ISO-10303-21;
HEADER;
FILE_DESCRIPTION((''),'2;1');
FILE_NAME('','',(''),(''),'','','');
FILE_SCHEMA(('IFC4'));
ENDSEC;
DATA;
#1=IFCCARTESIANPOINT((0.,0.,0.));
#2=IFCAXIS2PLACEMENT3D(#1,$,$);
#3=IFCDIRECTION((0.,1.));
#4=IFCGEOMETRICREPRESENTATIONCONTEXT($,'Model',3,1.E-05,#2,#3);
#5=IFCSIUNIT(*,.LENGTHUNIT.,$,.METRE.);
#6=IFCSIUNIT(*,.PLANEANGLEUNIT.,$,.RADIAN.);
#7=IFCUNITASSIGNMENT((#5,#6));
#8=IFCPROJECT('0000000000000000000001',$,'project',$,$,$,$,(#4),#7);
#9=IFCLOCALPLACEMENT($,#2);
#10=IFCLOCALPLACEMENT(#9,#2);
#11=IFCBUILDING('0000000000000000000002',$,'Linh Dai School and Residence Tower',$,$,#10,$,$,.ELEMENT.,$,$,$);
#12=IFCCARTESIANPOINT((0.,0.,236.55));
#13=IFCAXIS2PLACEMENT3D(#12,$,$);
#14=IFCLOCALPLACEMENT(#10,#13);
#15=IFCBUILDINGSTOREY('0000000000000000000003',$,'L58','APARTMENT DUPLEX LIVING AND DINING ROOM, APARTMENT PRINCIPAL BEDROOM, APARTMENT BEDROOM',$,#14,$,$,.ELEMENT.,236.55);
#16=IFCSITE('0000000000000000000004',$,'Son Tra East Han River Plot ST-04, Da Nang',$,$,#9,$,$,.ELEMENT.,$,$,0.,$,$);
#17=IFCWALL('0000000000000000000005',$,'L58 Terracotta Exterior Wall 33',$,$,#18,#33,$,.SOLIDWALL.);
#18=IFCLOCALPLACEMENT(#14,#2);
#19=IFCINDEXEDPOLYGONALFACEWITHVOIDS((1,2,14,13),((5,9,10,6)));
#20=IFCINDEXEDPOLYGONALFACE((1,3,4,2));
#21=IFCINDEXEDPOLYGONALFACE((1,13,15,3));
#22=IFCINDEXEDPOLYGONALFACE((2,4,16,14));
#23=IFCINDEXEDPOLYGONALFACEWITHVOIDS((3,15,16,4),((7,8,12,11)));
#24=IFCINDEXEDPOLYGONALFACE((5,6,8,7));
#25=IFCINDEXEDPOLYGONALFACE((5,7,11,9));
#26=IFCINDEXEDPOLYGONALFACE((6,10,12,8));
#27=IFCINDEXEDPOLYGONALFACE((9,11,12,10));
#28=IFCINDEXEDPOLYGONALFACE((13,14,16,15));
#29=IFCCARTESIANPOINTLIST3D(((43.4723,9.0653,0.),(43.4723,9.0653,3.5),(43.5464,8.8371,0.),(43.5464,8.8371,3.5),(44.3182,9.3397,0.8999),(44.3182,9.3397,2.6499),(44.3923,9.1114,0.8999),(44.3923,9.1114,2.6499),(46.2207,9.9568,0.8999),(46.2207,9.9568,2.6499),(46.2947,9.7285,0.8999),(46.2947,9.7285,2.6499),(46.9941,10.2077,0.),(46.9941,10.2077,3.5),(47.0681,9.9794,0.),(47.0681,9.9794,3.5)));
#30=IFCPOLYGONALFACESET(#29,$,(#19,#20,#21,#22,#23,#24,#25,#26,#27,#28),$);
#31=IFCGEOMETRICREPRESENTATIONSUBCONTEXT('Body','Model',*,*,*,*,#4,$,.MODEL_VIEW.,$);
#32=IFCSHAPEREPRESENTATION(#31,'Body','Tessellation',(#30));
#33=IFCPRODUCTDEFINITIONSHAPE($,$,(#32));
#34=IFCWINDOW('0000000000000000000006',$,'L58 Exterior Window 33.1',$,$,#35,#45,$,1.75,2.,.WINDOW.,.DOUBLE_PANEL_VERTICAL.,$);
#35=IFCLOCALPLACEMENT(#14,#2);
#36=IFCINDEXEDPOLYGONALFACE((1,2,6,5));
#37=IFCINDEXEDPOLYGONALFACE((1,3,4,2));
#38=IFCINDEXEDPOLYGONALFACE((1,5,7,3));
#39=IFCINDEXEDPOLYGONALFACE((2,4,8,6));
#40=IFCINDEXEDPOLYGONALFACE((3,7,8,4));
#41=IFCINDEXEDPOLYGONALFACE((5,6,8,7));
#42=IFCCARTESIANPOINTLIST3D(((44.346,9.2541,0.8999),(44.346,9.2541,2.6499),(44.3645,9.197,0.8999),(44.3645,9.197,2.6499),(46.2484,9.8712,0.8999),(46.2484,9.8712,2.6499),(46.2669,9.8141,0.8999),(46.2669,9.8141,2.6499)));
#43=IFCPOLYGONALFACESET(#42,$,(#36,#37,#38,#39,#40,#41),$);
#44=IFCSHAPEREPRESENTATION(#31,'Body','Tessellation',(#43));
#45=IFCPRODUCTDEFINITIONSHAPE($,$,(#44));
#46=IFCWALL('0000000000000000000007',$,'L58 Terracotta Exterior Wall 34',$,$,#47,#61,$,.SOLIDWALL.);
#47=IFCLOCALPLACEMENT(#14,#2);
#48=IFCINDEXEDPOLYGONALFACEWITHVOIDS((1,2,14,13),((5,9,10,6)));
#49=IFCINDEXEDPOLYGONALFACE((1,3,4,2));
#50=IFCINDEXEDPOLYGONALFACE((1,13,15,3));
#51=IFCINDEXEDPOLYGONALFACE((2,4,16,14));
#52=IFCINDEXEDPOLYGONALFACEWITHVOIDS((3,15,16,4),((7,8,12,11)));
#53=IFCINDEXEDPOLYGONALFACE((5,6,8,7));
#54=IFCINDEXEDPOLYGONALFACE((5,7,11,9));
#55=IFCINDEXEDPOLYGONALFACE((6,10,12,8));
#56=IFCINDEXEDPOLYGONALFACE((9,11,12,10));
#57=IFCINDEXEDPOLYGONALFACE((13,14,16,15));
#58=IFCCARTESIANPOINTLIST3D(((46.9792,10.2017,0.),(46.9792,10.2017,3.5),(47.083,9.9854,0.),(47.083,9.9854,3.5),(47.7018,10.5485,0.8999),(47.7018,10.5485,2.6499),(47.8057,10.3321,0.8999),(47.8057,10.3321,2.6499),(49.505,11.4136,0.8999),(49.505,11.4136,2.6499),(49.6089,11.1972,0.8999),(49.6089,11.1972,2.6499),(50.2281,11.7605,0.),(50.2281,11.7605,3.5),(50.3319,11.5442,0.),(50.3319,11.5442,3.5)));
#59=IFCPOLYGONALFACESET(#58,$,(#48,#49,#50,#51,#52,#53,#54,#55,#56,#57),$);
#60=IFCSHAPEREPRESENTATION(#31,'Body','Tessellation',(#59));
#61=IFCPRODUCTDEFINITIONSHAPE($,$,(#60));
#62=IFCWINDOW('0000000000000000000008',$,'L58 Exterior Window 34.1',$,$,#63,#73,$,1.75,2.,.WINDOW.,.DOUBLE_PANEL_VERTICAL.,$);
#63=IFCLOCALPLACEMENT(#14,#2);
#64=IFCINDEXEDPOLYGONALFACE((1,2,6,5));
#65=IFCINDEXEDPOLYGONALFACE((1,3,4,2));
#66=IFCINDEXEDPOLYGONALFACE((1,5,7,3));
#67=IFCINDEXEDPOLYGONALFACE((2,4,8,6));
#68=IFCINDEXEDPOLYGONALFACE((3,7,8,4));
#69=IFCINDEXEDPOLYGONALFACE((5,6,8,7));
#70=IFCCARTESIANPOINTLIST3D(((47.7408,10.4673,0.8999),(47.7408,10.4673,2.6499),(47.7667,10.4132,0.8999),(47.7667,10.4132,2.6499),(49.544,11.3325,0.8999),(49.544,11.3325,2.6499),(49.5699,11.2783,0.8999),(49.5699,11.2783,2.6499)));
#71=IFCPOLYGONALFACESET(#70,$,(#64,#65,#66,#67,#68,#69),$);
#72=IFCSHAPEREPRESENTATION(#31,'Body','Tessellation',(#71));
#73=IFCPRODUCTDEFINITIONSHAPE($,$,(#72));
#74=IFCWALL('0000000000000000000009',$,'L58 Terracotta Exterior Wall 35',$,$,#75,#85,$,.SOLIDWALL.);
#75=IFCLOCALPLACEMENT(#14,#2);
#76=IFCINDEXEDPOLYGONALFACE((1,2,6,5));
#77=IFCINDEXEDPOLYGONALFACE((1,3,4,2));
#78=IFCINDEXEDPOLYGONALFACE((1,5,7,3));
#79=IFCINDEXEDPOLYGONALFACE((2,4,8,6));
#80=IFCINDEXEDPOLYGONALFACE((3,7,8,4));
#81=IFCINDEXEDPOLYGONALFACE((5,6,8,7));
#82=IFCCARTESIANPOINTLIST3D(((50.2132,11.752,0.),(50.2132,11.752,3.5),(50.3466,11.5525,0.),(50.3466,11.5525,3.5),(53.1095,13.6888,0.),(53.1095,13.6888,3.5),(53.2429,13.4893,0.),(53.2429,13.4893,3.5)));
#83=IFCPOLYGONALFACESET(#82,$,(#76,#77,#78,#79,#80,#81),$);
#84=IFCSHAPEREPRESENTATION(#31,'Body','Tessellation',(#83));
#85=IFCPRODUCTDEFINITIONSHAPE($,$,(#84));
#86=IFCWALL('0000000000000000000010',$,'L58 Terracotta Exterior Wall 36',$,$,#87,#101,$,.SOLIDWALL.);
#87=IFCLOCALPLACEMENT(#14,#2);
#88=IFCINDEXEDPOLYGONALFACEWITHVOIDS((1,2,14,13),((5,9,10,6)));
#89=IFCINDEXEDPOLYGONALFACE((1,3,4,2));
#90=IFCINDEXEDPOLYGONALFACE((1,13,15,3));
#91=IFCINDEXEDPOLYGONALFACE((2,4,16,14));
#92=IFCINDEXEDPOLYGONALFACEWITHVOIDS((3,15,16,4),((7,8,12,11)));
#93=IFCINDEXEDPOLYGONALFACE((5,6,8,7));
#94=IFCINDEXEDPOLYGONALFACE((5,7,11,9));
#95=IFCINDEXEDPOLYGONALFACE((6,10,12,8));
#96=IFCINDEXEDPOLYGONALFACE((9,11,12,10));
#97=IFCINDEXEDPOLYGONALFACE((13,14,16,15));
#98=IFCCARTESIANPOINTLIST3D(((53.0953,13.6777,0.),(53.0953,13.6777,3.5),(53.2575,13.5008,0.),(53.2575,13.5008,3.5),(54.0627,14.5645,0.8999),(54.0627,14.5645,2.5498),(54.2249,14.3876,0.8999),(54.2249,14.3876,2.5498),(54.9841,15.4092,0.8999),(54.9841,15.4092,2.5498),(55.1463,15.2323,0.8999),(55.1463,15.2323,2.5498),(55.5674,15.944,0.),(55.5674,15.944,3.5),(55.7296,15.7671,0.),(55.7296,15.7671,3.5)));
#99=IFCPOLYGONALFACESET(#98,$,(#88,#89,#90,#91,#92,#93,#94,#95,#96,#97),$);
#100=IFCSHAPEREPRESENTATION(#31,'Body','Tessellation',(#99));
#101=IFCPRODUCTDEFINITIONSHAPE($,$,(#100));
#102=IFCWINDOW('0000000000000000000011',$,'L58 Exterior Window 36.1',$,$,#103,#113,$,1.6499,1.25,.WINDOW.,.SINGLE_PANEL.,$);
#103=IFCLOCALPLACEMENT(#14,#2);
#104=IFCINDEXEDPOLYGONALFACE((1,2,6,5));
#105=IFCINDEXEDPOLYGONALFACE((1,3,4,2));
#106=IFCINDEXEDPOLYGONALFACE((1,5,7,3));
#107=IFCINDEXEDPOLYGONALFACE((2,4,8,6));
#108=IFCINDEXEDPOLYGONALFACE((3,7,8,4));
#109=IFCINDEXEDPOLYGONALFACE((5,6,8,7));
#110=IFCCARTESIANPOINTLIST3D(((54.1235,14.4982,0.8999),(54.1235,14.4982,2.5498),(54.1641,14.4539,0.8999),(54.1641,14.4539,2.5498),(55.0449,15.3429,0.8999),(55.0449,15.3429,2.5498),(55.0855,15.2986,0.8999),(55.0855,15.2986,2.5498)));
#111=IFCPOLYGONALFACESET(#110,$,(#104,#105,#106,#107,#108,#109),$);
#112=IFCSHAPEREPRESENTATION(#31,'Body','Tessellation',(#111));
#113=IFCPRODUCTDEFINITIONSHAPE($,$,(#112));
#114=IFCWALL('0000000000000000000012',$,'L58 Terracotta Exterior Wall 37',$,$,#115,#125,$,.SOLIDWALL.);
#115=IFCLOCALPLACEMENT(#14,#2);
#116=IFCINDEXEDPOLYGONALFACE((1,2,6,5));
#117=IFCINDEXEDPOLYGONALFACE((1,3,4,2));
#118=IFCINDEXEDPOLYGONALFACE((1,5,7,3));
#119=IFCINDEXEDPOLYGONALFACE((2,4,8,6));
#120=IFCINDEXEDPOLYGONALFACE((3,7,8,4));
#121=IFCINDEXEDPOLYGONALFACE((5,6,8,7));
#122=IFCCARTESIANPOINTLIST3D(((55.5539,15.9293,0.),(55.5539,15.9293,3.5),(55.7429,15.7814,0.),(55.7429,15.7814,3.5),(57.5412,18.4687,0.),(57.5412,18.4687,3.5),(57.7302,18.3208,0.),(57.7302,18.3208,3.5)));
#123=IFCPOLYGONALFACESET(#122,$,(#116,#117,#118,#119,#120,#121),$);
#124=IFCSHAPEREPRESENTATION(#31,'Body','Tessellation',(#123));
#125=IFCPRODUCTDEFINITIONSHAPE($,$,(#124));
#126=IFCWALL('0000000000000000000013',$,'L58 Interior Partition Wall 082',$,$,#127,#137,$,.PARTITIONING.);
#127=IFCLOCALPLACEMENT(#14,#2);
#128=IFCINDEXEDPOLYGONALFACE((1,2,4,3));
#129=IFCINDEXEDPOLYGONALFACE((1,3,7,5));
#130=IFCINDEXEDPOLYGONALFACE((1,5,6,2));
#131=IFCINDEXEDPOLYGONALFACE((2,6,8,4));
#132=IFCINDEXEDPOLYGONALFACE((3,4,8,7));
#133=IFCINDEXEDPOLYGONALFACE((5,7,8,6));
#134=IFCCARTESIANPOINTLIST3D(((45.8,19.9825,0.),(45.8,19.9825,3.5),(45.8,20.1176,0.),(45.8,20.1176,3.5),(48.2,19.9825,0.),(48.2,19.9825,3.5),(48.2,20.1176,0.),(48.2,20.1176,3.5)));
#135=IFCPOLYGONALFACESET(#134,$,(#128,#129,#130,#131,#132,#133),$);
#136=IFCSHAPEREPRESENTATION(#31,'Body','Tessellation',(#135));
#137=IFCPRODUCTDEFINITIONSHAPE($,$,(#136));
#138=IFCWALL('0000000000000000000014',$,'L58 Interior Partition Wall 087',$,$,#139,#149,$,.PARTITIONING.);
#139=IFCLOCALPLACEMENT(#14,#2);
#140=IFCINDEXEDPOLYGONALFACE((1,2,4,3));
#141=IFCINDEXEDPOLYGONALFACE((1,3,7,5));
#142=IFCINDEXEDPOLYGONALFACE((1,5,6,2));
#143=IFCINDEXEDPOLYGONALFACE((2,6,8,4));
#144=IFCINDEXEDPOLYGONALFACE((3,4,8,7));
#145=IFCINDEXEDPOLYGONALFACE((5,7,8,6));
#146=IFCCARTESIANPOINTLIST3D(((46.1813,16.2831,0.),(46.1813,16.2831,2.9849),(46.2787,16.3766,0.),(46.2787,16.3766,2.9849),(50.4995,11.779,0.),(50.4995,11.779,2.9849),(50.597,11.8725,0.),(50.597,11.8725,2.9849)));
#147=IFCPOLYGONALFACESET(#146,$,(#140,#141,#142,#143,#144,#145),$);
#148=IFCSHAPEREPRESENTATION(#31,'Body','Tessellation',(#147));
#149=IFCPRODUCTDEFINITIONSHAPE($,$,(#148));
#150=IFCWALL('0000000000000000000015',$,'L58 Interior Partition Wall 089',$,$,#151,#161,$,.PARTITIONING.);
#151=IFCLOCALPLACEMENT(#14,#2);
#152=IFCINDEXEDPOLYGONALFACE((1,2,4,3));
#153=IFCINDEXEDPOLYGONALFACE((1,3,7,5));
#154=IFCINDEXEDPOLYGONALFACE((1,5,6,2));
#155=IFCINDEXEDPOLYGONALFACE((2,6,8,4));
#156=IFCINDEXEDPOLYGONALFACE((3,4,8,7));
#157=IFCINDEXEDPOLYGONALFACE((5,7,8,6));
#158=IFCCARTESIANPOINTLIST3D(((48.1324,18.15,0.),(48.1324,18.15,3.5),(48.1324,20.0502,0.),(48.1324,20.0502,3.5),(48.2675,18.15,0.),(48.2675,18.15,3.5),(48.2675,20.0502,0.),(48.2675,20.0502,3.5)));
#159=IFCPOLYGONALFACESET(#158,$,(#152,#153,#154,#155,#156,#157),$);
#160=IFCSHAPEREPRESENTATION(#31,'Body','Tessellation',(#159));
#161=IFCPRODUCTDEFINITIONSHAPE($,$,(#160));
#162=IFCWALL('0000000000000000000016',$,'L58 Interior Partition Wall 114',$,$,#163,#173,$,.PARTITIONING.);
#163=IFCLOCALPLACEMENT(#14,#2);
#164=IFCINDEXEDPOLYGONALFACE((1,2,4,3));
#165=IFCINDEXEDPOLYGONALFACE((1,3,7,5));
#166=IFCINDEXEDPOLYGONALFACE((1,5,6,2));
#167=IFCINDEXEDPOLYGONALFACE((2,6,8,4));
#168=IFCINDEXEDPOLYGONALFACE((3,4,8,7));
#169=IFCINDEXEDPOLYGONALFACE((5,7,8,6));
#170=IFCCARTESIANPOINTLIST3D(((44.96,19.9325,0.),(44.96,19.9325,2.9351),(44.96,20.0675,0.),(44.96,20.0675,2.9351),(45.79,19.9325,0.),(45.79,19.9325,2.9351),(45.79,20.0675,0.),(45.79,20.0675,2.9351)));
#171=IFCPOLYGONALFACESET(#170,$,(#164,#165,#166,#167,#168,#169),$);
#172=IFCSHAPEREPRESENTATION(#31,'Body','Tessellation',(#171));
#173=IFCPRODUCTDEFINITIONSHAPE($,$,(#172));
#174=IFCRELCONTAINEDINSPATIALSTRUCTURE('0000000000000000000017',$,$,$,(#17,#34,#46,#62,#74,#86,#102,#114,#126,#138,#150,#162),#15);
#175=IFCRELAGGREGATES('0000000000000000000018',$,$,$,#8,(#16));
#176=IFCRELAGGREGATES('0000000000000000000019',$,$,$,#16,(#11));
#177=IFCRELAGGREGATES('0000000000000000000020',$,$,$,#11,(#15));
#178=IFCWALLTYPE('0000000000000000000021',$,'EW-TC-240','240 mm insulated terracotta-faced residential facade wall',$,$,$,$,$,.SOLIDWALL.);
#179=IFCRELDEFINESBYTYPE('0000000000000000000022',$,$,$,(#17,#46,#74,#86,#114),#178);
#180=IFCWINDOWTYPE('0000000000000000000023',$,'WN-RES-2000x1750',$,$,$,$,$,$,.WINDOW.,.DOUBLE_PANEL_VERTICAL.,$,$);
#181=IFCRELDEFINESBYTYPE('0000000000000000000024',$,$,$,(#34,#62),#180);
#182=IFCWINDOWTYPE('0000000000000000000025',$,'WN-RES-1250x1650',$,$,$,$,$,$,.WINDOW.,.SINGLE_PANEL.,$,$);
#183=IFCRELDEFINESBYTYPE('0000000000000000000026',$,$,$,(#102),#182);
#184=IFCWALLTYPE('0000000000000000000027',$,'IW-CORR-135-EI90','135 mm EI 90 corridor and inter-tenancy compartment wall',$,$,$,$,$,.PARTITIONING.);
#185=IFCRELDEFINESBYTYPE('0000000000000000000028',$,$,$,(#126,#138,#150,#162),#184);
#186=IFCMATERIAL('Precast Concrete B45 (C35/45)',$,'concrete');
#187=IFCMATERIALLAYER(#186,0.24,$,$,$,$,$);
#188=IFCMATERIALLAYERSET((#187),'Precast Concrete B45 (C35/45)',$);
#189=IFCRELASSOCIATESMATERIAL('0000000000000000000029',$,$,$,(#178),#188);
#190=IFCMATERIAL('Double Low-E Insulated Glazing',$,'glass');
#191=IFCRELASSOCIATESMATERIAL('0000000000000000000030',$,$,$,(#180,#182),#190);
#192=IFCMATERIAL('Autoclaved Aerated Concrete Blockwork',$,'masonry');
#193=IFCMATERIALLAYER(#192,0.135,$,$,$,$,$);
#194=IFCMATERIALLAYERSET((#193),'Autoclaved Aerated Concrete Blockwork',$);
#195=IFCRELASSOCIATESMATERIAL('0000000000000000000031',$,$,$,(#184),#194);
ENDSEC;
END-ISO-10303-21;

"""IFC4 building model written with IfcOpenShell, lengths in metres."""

from ifc_helpers import new_model, si_unit, direction, frame, frame_2d, origin, origin_2d, place, context, subcontext, project, spatial, rectangle, extrude, source, transform, mapped, material, layer, layer_set, type_object, element, fill, save


model = new_model("IFC4")

# Units and contexts
model_context = context("Model", 3, precision=1e-05, world=origin(), true_north=direction((0.0, 1.0)))
body_context = subcontext(model_context, "Body", "Model", "MODEL_VIEW")
ifc_project = project(units=[si_unit("LENGTHUNIT", "METRE"), si_unit("PLANEANGLEUNIT", "RADIAN")], contexts=[model_context])

# Site, building, storey
site_placement = place(None, origin())
site = spatial("IfcSite", under=ifc_project, at=site_placement, Name="Son Tra East Han River Plot ST-04, Da Nang", CompositionType="ELEMENT", RefElevation=0.0)
building_placement = place(site_placement, origin())
building = spatial("IfcBuilding", under=site, at=building_placement, Name="Linh Dai School and Residence Tower", CompositionType="ELEMENT")
storey_placement = place(building_placement, frame((0.0, 0.0, 236.55)))
storey = spatial("IfcBuildingStorey", under=building, at=storey_placement, Name="L58", Description="APARTMENT DUPLEX LIVING AND DINING ROOM, APARTMENT PRINCIPAL BEDROOM, APARTMENT BEDROOM", CompositionType="ELEMENT", Elevation=236.55)

# Shared definitions
ifc_material_1 = material(Name="Precast Concrete B45 (C35/45)", Category="concrete")

# Walls, openings, windows
ifc_layer_1 = layer(ifc_material_1, 0.24)
ifc_layer_set_1 = layer_set([ifc_layer_1], Name="Precast Concrete B45 (C35/45)")
wall_type_1 = type_object("IfcWallType", Name="EW-TC-240", Description="240 mm insulated terracotta-faced residential facade wall", PredefinedType="SOLIDWALL", material=ifc_layer_set_1)
wall_1_placement = place(storey_placement, frame((47.031, 10.0935, 0.0), z_axis=(0.0, 0.0, 1.0), x_axis=(-0.951211, -0.308542, 0.0)))
wall_1 = element("IfcWall", 1, at=wall_1_placement, inside=storey, type_object=wall_type_1, Name="L58 Terracotta Exterior Wall 33", PredefinedType="SOLIDWALL", context=body_context, shape_type="SweptSolid", body=[
    extrude(rectangle(XDim=3.7024, YDim=0.24, at=frame_2d((1.8511, 0.0))), origin(), (0.0, 0.0, 1.0), 3.5),
])
opening_1_placement = place(wall_1_placement, frame((0.813, 0.0, 0.8999)))
opening_1 = element("IfcOpeningElement", 2, at=opening_1_placement, cuts=wall_1, PredefinedType="OPENING", context=body_context, shape_type="SweptSolid", body=[
    extrude(rectangle(XDim=2.0, YDim=1.75, at=origin_2d()), frame((1.0, 0.1299, 0.875), z_axis=(0.0, -1.0, 0.0), x_axis=(1.0, 0.0, 0.0)), (0.0, 0.0, 1.0), 0.26),
])
ifc_material_2 = material(Name="Double Low-E Insulated Glazing", Category="glass")
window_type_1 = type_object("IfcWindowType", Name="WN-RES-2000x1750", PartitioningType="DOUBLE_PANEL_VERTICAL", PredefinedType="WINDOW", material=ifc_material_2)
shared_shape_1 = source(origin(), body_context, "Body", "SweptSolid", [
    extrude(rectangle(XDim=2.0, YDim=1.75, at=origin_2d()), frame((1.0, 0.03, 0.875), z_axis=(0.0, -1.0, 0.0), x_axis=(1.0, 0.0, 0.0)), (0.0, 0.0, 1.0), 0.0601),
])
window_1_placement = place(opening_1_placement, origin())
window_1 = element("IfcWindow", 3, at=window_1_placement, inside=storey, type_object=window_type_1, Name="L58 Exterior Window 33.1", OverallHeight=1.75, OverallWidth=2.0, PartitioningType="DOUBLE_PANEL_VERTICAL", PredefinedType="WINDOW", context=body_context, shape_type="MappedRepresentation", body=[
    mapped(shared_shape_1, transform((0.0, 0.0, 0.0), x_axis=(1.0, 0.0, 0.0), y_axis=(0.0, 1.0, 0.0), z_axis=(0.0, 0.0, 1.0), scale=1.0)),
])
fill(opening_1, window_1)
wall_2_placement = place(storey_placement, frame((50.28, 11.6523, 0.0), z_axis=(0.0, 0.0, 1.0), x_axis=(-0.901598, -0.432575, 0.0)))
wall_2 = element("IfcWall", 4, at=wall_2_placement, inside=storey, type_object=wall_type_1, Name="L58 Terracotta Exterior Wall 34", PredefinedType="SOLIDWALL", context=body_context, shape_type="SweptSolid", body=[
    extrude(rectangle(XDim=3.6035, YDim=0.24, at=frame_2d((1.8018, 0.0))), origin(), (0.0, 0.0, 1.0), 3.5),
])
opening_2_placement = place(wall_2_placement, frame((0.802, 0.0, 0.8999)))
opening_2 = element("IfcOpeningElement", 5, at=opening_2_placement, cuts=wall_2, PredefinedType="OPENING", context=body_context, shape_type="SweptSolid", body=[
    extrude(rectangle(XDim=2.0, YDim=1.75, at=origin_2d()), frame((1.0, 0.1299, 0.875), z_axis=(0.0, -1.0, 0.0), x_axis=(1.0, 0.0, 0.0)), (0.0, 0.0, 1.0), 0.26),
])
window_2_placement = place(opening_2_placement, origin())
window_2 = element("IfcWindow", 6, at=window_2_placement, inside=storey, type_object=window_type_1, Name="L58 Exterior Window 34.1", OverallHeight=1.75, OverallWidth=2.0, PartitioningType="DOUBLE_PANEL_VERTICAL", PredefinedType="WINDOW", context=body_context, shape_type="MappedRepresentation", body=[
    mapped(shared_shape_1, transform((0.0, 0.0, 0.0), x_axis=(1.0, 0.0, 0.0), y_axis=(0.0, 1.0, 0.0), z_axis=(0.0, 0.0, 1.0), scale=1.0)),
])
fill(opening_2, window_2)

# Wall
wall_3_placement = place(storey_placement, frame((53.1763, 13.5891, 0.0), z_axis=(0.0, 0.0, 1.0), x_axis=(-0.831262, -0.55588, 0.0)))
element("IfcWall", 7, at=wall_3_placement, inside=storey, type_object=wall_type_1, Name="L58 Terracotta Exterior Wall 35", PredefinedType="SOLIDWALL", context=body_context, shape_type="SweptSolid", body=[
    extrude(rectangle(XDim=3.4841, YDim=0.24, at=frame_2d((1.7422, 0.0))), origin(), (0.0, 0.0, 1.0), 3.5),
])

# Wall, opening, window
wall_4_placement = place(storey_placement, frame((55.6484, 15.8555, 0.0), z_axis=(0.0, 0.0, 1.0), x_axis=(-0.737124, -0.675758, 0.0)))
wall_4 = element("IfcWall", 8, at=wall_4_placement, inside=storey, type_object=wall_type_1, Name="L58 Terracotta Exterior Wall 36", PredefinedType="SOLIDWALL", context=body_context, shape_type="SweptSolid", body=[
    extrude(rectangle(XDim=3.3538, YDim=0.24, at=frame_2d((1.6768, 0.0))), origin(), (0.0, 0.0, 1.0), 3.5),
])
opening_3_placement = place(wall_4_placement, frame((0.7913, 0.0, 0.8999)))
opening_3 = element("IfcOpeningElement", 9, at=opening_3_placement, cuts=wall_4, PredefinedType="OPENING", context=body_context, shape_type="SweptSolid", body=[
    extrude(rectangle(XDim=1.25, YDim=1.6499, at=origin_2d()), frame((0.625, 0.1299, 0.825), z_axis=(0.0, -1.0, 0.0), x_axis=(1.0, 0.0, 0.0)), (0.0, 0.0, 1.0), 0.26),
])
window_type_2 = type_object("IfcWindowType", Name="WN-RES-1250x1650", PartitioningType="SINGLE_PANEL", PredefinedType="WINDOW", material=ifc_material_2)
shared_shape_2 = source(origin(), body_context, "Body", "SweptSolid", [
    extrude(rectangle(XDim=1.25, YDim=1.6499, at=origin_2d()), frame((0.625, 0.03, 0.825), z_axis=(0.0, -1.0, 0.0), x_axis=(1.0, 0.0, 0.0)), (0.0, 0.0, 1.0), 0.0601),
])
window_3_placement = place(opening_3_placement, origin())
window_3 = element("IfcWindow", 10, at=window_3_placement, inside=storey, type_object=window_type_2, Name="L58 Exterior Window 36.1", OverallHeight=1.6499, OverallWidth=1.25, PartitioningType="SINGLE_PANEL", PredefinedType="WINDOW", context=body_context, shape_type="MappedRepresentation", body=[
    mapped(shared_shape_2, transform((0.0, 0.0, 0.0), x_axis=(1.0, 0.0, 0.0), y_axis=(0.0, 1.0, 0.0), z_axis=(0.0, 0.0, 1.0), scale=1.0)),
])
fill(opening_3, window_3)

# Walls
wall_5_placement = place(storey_placement, frame((57.6357, 18.3948, 0.0), z_axis=(0.0, 0.0, 1.0), x_axis=(-0.616312, -0.787502, 0.0)))
element("IfcWall", 11, at=wall_5_placement, inside=storey, type_object=wall_type_1, Name="L58 Terracotta Exterior Wall 37", PredefinedType="SOLIDWALL", context=body_context, shape_type="SweptSolid", body=[
    extrude(rectangle(XDim=3.2246, YDim=0.24, at=frame_2d((1.6123, 0.0))), origin(), (0.0, 0.0, 1.0), 3.5),
])
ifc_material_3 = material(Name="Autoclaved Aerated Concrete Blockwork", Category="masonry")
ifc_layer_2 = layer(ifc_material_3, 0.135)
ifc_layer_set_2 = layer_set([ifc_layer_2], Name="Autoclaved Aerated Concrete Blockwork")
wall_type_2 = type_object("IfcWallType", Name="IW-CORR-135-EI90", Description="135 mm EI 90 corridor and inter-tenancy compartment wall", PredefinedType="PARTITIONING", material=ifc_layer_set_2)
wall_6_placement = place(storey_placement, frame((45.8, 20.05, 0.0), z_axis=(0.0, 0.0, 1.0), x_axis=(1.0, 0.0, 0.0)))
element("IfcWall", 12, at=wall_6_placement, inside=storey, type_object=wall_type_2, Name="L58 Interior Partition Wall 082", PredefinedType="PARTITIONING", context=body_context, shape_type="SweptSolid", body=[
    extrude(rectangle(XDim=2.3999, YDim=0.135, at=frame_2d((1.2, 0.0))), origin(), (0.0, 0.0, 1.0), 3.5),
])
wall_7_placement = place(storey_placement, frame((46.23, 16.3298, 0.0), z_axis=(0.0, 0.0, 1.0), x_axis=(0.692063, -0.721838, 0.0)))
element("IfcWall", 13, at=wall_7_placement, inside=storey, type_object=wall_type_2, Name="L58 Interior Partition Wall 087", PredefinedType="PARTITIONING", context=body_context, shape_type="SweptSolid", body=[
    extrude(rectangle(XDim=6.2397, YDim=0.135, at=frame_2d((3.1199, 0.0))), origin(), (0.0, 0.0, 1.0), 2.9849),
])
wall_8_placement = place(storey_placement, frame((48.2, 18.1499, 0.0), z_axis=(0.0, 0.0, 1.0), x_axis=(0.0, 1.0, 0.0)))
element("IfcWall", 14, at=wall_8_placement, inside=storey, type_object=wall_type_2, Name="L58 Interior Partition Wall 089", PredefinedType="PARTITIONING", context=body_context, shape_type="SweptSolid", body=[
    extrude(rectangle(XDim=1.9001, YDim=0.135, at=frame_2d((0.9502, 0.0))), origin(), (0.0, 0.0, 1.0), 3.5),
])
wall_9_placement = place(storey_placement, frame((44.96, 20.0, 0.0), z_axis=(0.0, 0.0, 1.0), x_axis=(1.0, 0.0, 0.0)))
element("IfcWall", 15, at=wall_9_placement, inside=storey, type_object=wall_type_2, Name="L58 Interior Partition Wall 114", PredefinedType="PARTITIONING", context=body_context, shape_type="SweptSolid", body=[
    extrude(rectangle(XDim=0.8301, YDim=0.135, at=frame_2d((0.415, 0.0))), origin(), (0.0, 0.0, 1.0), 2.9351),
])

save(model, "model.ifc")
